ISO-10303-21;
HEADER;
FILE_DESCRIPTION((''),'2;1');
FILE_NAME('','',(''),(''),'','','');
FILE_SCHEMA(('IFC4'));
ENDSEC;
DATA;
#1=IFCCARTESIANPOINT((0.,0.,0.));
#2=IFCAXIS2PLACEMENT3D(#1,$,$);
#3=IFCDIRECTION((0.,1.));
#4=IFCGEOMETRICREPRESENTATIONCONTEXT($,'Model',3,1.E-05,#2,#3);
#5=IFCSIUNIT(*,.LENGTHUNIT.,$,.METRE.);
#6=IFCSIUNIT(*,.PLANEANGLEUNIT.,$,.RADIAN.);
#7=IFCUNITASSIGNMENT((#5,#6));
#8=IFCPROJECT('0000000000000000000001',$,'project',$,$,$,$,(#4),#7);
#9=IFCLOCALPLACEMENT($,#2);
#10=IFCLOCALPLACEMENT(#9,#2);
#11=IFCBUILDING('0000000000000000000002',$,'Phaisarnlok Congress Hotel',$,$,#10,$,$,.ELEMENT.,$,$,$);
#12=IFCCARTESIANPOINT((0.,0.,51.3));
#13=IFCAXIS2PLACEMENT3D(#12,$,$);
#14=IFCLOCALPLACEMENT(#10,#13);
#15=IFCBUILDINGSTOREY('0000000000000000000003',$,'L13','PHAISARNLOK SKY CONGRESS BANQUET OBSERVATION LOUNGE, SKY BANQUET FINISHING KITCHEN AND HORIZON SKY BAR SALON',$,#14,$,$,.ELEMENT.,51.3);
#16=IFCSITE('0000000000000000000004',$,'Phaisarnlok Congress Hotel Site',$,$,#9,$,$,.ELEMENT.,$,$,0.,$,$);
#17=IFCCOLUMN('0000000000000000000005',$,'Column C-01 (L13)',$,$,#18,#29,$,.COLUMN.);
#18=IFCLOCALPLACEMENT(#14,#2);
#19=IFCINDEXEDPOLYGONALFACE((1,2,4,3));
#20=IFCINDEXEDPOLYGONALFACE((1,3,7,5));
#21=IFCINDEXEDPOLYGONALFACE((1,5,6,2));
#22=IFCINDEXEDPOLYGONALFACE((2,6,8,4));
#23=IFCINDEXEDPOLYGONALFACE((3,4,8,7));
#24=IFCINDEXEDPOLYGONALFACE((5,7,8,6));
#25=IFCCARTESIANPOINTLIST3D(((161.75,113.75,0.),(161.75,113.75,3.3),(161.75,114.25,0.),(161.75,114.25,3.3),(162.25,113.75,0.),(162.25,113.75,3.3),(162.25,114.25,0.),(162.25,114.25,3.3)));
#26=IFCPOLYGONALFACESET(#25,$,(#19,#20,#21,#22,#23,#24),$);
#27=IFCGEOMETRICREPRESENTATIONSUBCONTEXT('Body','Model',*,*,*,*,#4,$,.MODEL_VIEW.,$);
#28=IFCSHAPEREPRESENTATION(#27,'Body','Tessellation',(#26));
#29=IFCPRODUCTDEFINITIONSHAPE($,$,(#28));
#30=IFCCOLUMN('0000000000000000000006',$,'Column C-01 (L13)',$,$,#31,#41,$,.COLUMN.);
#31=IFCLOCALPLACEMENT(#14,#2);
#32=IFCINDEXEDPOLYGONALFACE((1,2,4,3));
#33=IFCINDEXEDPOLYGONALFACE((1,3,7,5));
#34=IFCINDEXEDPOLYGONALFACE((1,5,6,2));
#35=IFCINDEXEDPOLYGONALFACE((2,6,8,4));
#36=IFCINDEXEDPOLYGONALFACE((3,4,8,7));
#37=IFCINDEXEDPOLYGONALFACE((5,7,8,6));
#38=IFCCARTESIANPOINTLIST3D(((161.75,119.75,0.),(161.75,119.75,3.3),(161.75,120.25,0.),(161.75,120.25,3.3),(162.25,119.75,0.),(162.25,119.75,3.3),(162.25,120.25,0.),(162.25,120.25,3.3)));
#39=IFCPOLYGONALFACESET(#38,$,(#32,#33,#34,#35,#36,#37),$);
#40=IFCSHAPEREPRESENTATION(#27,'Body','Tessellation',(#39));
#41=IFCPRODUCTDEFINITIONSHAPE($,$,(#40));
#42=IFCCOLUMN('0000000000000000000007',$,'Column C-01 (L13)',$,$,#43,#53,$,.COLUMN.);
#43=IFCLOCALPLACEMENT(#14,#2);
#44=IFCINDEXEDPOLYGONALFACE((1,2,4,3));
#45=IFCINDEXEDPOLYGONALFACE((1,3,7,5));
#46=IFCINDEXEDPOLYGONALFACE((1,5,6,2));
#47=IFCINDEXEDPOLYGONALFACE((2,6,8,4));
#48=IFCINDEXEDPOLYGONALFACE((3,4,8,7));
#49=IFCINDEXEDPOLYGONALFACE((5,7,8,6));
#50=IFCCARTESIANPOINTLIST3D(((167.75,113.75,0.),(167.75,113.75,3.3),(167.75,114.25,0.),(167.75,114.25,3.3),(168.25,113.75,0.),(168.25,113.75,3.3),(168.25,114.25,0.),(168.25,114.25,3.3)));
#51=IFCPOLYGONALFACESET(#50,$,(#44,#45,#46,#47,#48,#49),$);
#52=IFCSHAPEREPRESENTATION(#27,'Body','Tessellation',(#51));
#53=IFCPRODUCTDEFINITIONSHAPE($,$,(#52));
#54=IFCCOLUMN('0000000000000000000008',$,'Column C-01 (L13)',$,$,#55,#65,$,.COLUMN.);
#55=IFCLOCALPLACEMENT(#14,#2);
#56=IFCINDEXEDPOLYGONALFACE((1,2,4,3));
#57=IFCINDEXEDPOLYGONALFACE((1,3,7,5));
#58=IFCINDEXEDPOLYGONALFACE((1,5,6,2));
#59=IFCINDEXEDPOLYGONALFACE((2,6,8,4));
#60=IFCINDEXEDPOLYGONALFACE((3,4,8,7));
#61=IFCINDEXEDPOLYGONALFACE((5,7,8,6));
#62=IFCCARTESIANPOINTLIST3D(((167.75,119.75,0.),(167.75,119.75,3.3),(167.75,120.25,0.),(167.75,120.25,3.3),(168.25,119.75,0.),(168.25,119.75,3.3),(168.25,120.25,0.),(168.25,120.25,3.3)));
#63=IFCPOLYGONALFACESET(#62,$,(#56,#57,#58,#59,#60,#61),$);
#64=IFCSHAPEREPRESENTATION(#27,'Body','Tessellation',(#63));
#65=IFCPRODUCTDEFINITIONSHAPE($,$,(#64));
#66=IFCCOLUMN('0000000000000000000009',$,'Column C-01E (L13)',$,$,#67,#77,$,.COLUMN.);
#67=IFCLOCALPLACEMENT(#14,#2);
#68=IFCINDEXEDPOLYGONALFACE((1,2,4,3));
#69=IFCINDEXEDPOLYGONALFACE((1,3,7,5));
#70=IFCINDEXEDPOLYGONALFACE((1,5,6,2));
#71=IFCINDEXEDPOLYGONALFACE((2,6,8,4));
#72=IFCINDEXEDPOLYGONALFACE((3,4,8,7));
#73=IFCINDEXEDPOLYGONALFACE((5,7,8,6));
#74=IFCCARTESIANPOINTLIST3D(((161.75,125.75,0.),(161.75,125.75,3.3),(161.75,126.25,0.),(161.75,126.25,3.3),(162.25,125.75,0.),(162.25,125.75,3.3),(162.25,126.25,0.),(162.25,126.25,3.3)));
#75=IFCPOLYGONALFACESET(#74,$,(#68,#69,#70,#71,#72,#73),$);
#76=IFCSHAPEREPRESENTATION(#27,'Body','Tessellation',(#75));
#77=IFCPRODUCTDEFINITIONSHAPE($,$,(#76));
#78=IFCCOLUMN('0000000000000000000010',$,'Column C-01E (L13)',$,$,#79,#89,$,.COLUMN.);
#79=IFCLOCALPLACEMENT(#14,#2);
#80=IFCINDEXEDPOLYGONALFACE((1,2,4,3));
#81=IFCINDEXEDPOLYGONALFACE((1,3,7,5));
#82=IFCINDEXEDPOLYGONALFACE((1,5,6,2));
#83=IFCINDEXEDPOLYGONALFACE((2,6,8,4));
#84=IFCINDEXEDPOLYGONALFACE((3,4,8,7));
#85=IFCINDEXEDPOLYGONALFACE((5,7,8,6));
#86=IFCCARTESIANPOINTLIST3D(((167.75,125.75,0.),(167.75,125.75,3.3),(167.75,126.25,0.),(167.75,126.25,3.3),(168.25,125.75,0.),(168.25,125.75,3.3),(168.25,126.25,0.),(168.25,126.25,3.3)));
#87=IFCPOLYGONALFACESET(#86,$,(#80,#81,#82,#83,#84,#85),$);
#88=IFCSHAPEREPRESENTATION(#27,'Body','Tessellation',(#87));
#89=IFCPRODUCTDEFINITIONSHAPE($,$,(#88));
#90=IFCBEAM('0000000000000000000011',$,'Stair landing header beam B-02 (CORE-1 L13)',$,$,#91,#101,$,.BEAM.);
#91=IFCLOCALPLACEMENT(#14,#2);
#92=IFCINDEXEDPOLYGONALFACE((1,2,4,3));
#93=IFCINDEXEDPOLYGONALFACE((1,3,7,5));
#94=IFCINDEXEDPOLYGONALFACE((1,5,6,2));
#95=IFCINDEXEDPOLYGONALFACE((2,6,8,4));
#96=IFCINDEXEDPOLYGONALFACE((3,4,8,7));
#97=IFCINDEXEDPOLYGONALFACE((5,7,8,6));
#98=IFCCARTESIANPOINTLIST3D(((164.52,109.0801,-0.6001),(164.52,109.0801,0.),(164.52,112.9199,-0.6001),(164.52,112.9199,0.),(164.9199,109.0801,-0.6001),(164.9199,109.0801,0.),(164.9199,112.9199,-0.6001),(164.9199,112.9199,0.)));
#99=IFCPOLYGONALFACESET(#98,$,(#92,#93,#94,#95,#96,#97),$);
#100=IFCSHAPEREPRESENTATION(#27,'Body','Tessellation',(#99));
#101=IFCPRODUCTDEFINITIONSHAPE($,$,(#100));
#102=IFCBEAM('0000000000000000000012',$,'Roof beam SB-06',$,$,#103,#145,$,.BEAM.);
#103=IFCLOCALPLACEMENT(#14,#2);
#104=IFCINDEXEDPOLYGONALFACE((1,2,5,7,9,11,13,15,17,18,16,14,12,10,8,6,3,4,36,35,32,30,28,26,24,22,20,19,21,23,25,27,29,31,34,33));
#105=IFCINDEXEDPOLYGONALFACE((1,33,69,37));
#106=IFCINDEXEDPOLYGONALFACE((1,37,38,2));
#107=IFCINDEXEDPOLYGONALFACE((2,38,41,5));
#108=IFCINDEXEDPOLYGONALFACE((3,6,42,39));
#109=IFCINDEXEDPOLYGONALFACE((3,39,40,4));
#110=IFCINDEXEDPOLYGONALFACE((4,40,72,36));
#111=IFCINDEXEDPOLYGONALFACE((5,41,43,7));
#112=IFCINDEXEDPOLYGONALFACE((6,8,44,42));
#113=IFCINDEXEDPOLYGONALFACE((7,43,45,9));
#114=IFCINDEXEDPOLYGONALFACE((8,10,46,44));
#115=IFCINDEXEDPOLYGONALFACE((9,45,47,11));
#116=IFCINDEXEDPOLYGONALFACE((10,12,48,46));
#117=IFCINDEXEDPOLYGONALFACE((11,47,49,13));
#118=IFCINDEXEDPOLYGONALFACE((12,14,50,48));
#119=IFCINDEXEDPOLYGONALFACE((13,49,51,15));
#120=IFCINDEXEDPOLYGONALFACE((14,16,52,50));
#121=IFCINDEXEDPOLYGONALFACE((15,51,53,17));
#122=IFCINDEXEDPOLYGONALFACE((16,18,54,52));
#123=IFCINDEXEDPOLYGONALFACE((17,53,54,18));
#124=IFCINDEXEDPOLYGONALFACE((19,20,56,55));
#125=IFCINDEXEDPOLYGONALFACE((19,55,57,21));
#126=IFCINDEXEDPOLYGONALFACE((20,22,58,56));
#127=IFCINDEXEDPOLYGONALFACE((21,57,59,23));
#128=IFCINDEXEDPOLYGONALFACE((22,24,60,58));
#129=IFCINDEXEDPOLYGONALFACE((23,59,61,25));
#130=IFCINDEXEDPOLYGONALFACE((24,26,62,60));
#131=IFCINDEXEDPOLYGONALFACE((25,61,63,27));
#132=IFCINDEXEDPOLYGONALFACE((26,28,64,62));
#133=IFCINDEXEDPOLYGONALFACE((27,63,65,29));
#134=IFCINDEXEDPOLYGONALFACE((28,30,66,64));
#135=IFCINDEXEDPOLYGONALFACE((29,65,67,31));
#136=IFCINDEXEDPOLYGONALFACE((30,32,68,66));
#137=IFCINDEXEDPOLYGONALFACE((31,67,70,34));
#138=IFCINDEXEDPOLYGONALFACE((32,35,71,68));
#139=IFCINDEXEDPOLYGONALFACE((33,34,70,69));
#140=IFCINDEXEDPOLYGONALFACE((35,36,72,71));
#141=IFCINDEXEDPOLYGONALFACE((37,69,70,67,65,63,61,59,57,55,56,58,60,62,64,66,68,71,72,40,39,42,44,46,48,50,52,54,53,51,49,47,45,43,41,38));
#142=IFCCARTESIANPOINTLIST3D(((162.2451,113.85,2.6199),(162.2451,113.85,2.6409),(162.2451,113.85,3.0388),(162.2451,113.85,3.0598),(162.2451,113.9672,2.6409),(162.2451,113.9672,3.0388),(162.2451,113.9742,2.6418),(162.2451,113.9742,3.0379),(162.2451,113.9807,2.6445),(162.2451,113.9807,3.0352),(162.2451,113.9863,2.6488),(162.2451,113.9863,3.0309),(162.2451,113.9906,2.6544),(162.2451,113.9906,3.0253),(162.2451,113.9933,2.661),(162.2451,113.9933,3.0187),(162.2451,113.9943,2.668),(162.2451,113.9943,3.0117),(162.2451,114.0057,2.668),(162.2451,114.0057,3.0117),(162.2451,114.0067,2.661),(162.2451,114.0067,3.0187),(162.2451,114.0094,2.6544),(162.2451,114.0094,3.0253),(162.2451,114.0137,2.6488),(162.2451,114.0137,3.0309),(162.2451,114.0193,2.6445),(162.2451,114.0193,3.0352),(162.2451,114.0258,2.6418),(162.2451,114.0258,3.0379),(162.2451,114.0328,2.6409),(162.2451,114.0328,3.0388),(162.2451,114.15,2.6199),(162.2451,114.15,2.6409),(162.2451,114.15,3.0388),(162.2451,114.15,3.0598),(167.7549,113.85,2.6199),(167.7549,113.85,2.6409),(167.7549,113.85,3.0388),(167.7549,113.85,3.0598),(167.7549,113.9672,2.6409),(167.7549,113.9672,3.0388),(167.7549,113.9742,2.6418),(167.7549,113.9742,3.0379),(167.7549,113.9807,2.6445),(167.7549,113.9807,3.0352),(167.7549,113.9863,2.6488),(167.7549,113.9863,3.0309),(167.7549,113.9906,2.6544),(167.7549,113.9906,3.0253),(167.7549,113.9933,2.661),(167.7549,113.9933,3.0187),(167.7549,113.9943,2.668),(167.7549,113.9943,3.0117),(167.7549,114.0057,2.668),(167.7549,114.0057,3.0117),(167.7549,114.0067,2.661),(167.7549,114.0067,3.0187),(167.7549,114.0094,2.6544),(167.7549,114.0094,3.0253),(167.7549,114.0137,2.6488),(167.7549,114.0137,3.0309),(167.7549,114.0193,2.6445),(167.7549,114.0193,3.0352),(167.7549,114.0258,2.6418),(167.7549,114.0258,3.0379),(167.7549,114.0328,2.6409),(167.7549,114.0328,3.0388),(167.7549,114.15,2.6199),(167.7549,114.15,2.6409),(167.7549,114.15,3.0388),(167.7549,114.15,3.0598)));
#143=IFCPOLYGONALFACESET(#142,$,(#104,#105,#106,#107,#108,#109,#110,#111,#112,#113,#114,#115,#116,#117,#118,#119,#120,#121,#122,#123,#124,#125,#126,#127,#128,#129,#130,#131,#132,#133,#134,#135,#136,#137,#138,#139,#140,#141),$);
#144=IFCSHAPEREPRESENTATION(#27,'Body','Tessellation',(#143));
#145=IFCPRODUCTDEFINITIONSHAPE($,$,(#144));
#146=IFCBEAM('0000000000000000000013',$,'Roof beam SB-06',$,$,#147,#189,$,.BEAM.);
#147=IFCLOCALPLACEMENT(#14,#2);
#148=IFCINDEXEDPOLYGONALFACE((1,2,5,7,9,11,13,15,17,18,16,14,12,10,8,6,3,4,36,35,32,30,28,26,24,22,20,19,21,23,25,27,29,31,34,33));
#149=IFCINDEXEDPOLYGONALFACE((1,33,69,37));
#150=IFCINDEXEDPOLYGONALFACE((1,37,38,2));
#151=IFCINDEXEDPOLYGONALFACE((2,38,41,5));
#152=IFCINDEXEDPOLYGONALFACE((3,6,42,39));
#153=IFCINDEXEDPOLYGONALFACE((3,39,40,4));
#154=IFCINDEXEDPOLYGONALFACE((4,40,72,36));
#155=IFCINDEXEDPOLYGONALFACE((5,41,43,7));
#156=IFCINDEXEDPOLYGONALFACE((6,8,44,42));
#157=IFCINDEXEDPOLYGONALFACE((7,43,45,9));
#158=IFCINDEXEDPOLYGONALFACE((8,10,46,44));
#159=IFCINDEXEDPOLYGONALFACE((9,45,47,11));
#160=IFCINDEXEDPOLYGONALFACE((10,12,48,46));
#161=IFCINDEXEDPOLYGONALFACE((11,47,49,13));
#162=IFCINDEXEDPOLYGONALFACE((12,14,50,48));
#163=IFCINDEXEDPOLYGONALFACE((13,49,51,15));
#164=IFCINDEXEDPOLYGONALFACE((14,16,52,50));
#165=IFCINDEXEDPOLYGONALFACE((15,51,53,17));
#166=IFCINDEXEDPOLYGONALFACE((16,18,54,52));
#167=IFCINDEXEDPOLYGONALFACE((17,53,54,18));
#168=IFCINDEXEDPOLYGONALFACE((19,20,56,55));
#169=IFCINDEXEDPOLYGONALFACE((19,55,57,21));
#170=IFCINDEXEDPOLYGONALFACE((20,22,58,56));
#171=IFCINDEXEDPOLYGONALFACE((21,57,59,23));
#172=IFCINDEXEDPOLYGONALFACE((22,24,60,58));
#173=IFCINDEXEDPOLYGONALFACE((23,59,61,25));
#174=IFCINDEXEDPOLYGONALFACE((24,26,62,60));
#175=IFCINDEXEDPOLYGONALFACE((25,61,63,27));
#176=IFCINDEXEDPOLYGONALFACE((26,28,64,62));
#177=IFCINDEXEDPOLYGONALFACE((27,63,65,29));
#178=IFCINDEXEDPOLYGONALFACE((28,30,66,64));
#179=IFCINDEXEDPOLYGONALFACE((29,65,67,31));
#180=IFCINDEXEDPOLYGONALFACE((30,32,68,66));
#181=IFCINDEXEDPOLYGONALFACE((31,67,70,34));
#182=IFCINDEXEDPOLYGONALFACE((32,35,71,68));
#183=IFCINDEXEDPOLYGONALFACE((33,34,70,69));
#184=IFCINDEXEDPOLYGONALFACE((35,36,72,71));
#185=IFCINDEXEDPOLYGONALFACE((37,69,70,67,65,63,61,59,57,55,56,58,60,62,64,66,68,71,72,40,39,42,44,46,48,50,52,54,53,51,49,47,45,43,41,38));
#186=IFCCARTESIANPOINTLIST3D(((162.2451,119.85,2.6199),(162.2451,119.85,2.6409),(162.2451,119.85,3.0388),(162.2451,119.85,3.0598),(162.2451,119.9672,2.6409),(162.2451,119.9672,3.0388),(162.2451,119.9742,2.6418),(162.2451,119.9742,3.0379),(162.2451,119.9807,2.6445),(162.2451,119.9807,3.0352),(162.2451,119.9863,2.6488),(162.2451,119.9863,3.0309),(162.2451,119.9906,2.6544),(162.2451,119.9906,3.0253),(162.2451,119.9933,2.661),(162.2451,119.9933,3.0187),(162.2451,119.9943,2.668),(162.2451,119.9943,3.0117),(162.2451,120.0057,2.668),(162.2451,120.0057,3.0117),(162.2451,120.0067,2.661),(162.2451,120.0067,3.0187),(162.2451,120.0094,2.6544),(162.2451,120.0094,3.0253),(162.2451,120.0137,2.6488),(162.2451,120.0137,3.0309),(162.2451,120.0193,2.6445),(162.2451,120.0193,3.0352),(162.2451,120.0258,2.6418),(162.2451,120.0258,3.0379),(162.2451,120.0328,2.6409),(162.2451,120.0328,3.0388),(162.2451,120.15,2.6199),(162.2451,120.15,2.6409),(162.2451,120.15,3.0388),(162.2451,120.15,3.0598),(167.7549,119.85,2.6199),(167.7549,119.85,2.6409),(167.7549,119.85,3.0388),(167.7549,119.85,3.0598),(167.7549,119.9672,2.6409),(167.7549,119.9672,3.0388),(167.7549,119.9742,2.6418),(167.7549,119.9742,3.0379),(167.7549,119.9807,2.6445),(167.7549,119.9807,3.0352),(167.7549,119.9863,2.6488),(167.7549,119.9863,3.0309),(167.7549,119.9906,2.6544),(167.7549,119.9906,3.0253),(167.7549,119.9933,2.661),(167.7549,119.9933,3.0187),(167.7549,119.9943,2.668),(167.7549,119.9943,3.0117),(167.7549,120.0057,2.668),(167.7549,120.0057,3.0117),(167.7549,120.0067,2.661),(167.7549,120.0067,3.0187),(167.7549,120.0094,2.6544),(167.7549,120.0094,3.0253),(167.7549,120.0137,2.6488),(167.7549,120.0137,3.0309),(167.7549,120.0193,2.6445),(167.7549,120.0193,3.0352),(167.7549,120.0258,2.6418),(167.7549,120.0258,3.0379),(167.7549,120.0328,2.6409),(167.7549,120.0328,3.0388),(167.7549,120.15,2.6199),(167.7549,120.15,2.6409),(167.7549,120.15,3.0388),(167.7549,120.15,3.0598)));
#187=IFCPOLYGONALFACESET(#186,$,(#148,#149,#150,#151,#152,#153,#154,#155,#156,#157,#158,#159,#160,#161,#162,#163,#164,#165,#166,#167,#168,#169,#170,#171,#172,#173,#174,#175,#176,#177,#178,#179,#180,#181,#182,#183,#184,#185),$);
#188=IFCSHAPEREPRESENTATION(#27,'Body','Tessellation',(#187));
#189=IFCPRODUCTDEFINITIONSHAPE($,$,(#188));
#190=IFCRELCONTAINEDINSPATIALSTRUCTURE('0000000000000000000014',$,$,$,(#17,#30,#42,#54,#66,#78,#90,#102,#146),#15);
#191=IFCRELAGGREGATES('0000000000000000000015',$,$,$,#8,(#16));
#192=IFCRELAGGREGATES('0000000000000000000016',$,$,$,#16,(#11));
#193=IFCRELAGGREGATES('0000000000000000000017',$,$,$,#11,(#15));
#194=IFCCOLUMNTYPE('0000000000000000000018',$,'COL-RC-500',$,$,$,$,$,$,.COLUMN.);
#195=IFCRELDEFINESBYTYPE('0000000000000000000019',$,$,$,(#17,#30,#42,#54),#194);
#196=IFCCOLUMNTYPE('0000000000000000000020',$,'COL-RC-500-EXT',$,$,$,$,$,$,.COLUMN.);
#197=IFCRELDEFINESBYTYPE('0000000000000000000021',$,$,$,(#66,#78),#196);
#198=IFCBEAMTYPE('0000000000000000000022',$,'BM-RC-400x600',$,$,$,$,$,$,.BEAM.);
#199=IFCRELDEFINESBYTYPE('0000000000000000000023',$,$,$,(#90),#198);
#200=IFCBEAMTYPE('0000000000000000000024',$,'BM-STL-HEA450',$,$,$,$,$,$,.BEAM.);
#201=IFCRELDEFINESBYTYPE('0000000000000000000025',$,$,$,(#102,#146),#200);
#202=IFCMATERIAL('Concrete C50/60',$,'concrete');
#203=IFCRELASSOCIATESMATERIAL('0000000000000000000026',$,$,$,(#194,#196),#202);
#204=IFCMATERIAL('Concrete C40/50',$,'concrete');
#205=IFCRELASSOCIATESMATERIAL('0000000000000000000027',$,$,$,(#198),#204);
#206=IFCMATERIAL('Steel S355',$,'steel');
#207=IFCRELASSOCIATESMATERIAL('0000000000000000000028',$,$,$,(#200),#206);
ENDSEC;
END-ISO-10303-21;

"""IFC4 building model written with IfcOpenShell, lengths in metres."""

from ifc_helpers import new_model, si_unit, direction, frame, origin, origin_2d, place, context, subcontext, project, spatial, rectangle, i_section, extrude, material, material_profile, profile_set, type_object, element, save


model = new_model("IFC4")

# Units and contexts
model_context = context("Model", 3, precision=1e-05, world=origin(), true_north=direction((0.0, 1.0)))
body_context = subcontext(model_context, "Body", "Model", "MODEL_VIEW")
ifc_project = project(units=[si_unit("LENGTHUNIT", "METRE"), si_unit("PLANEANGLEUNIT", "RADIAN")], contexts=[model_context])

# Site, building, storey
site_placement = place(None, origin())
site = spatial("IfcSite", under=ifc_project, at=site_placement, Name="Phaisarnlok Congress Hotel Site", CompositionType="ELEMENT", RefElevation=0.0)
building_placement = place(site_placement, origin())
building = spatial("IfcBuilding", under=site, at=building_placement, Name="Phaisarnlok Congress Hotel", CompositionType="ELEMENT")
storey_placement = place(building_placement, frame((0.0, 0.0, 51.3)))
storey = spatial("IfcBuildingStorey", under=building, at=storey_placement, Name="L13", Description="PHAISARNLOK SKY CONGRESS BANQUET OBSERVATION LOUNGE, SKY BANQUET FINISHING KITCHEN AND HORIZON SKY BAR SALON", CompositionType="ELEMENT", Elevation=51.3)

# Columns
ifc_material_1 = material(Name="Concrete C50/60", Category="concrete")
ifc_material_profile_1 = material_profile(ifc_material_1, rectangle(XDim=0.5, YDim=0.5, at=origin_2d()), Name="RC 500x500")
ifc_profile_set_1 = profile_set([ifc_material_profile_1], Name="Concrete C50/60")
column_type_1 = type_object("IfcColumnType", Name="COL-RC-500", PredefinedType="COLUMN", material=ifc_profile_set_1)
for number, where, z_axis, x_axis, name in (
    (1, (162.0, 114.0, 0.0), (0.0, 0.0, 1.0), (1.0, 0.0, 0.0), "Column C-01 (L13)"),
    (2, (162.0, 120.0, 0.0), (0.0, 0.0, 1.0), (1.0, 0.0, 0.0), "Column C-01 (L13)"),
    (3, (168.0, 114.0, 0.0), (0.0, 0.0, 1.0), (1.0, 0.0, 0.0), "Column C-01 (L13)"),
    (4, (168.0, 120.0, 0.0), (0.0, 0.0, 1.0), (1.0, 0.0, 0.0), "Column C-01 (L13)"),
):
    element("IfcColumn", number, at=place(storey_placement, frame(where, z_axis=z_axis, x_axis=x_axis)), inside=storey, type_object=column_type_1, Name=name, PredefinedType="COLUMN", context=body_context, shape_type="SweptSolid", body=[
        extrude(rectangle(XDim=0.5, YDim=0.5, at=origin_2d()), origin(), (0.0, 0.0, 1.0), 3.3),
    ])
ifc_material_profile_2 = material_profile(ifc_material_1, rectangle(XDim=0.5, YDim=0.5, at=origin_2d()), Name="RC 500x500")
ifc_profile_set_2 = profile_set([ifc_material_profile_2], Name="Concrete C50/60")
column_type_2 = type_object("IfcColumnType", Name="COL-RC-500-EXT", PredefinedType="COLUMN", material=ifc_profile_set_2)
for number, where, z_axis, x_axis, name in (
    (5, (162.0, 126.0, 0.0), (0.0, 0.0, 1.0), (1.0, 0.0, 0.0), "Column C-01E (L13)"),
    (6, (168.0, 126.0, 0.0), (0.0, 0.0, 1.0), (1.0, 0.0, 0.0), "Column C-01E (L13)"),
):
    element("IfcColumn", number, at=place(storey_placement, frame(where, z_axis=z_axis, x_axis=x_axis)), inside=storey, type_object=column_type_2, Name=name, PredefinedType="COLUMN", context=body_context, shape_type="SweptSolid", body=[
        extrude(rectangle(XDim=0.5, YDim=0.5, at=origin_2d()), origin(), (0.0, 0.0, 1.0), 3.3),
    ])

# Beams
ifc_material_2 = material(Name="Concrete C40/50", Category="concrete")
ifc_material_profile_3 = material_profile(ifc_material_2, rectangle(XDim=0.3999, YDim=0.6001, at=origin_2d()), Name="RC 400x600")
ifc_profile_set_3 = profile_set([ifc_material_profile_3], Name="Concrete C40/50")
beam_type_1 = type_object("IfcBeamType", Name="BM-RC-400x600", PredefinedType="BEAM", material=ifc_profile_set_3)
beam_placement = place(storey_placement, frame((164.72, 109.0801, -0.3), z_axis=(0.0, 1.0, 0.0), x_axis=(-1.0, 0.0, 0.0)))
element("IfcBeam", 7, at=beam_placement, inside=storey, type_object=beam_type_1, Name="Stair landing header beam B-02 (CORE-1 L13)", PredefinedType="BEAM", context=body_context, shape_type="SweptSolid", body=[
    extrude(rectangle(XDim=0.3999, YDim=0.6001, at=origin_2d()), origin(), (0.0, 0.0, 1.0), 3.8398),
])
ifc_material_3 = material(Name="Steel S355", Category="steel")
ifc_material_profile_4 = material_profile(ifc_material_3, i_section(OverallWidth=0.3, OverallDepth=0.4399, WebThickness=0.0115, FlangeThickness=0.021, FilletRadius=0.0271, at=origin_2d()), Name="HEA 450")
ifc_profile_set_4 = profile_set([ifc_material_profile_4], Name="Steel S355")
beam_type_2 = type_object("IfcBeamType", Name="BM-STL-HEA450", PredefinedType="BEAM", material=ifc_profile_set_4)
for number, where, z_axis, x_axis, name in (
    (8, (162.2451, 114.0, 2.8398), (1.0, 0.0, 0.0), (0.0, 1.0, 0.0), "Roof beam SB-06"),
    (9, (162.2451, 120.0, 2.8398), (1.0, 0.0, 0.0), (0.0, 1.0, 0.0), "Roof beam SB-06"),
):
    element("IfcBeam", number, at=place(storey_placement, frame(where, z_axis=z_axis, x_axis=x_axis)), inside=storey, type_object=beam_type_2, Name=name, PredefinedType="BEAM", context=body_context, shape_type="SweptSolid", body=[
        extrude(i_section(OverallWidth=0.3, OverallDepth=0.4399, WebThickness=0.0115, FlangeThickness=0.021, FilletRadius=0.0271, at=origin_2d()), origin(), (0.0, 0.0, 1.0), 5.5098),
    ])

save(model, "model.ifc")
